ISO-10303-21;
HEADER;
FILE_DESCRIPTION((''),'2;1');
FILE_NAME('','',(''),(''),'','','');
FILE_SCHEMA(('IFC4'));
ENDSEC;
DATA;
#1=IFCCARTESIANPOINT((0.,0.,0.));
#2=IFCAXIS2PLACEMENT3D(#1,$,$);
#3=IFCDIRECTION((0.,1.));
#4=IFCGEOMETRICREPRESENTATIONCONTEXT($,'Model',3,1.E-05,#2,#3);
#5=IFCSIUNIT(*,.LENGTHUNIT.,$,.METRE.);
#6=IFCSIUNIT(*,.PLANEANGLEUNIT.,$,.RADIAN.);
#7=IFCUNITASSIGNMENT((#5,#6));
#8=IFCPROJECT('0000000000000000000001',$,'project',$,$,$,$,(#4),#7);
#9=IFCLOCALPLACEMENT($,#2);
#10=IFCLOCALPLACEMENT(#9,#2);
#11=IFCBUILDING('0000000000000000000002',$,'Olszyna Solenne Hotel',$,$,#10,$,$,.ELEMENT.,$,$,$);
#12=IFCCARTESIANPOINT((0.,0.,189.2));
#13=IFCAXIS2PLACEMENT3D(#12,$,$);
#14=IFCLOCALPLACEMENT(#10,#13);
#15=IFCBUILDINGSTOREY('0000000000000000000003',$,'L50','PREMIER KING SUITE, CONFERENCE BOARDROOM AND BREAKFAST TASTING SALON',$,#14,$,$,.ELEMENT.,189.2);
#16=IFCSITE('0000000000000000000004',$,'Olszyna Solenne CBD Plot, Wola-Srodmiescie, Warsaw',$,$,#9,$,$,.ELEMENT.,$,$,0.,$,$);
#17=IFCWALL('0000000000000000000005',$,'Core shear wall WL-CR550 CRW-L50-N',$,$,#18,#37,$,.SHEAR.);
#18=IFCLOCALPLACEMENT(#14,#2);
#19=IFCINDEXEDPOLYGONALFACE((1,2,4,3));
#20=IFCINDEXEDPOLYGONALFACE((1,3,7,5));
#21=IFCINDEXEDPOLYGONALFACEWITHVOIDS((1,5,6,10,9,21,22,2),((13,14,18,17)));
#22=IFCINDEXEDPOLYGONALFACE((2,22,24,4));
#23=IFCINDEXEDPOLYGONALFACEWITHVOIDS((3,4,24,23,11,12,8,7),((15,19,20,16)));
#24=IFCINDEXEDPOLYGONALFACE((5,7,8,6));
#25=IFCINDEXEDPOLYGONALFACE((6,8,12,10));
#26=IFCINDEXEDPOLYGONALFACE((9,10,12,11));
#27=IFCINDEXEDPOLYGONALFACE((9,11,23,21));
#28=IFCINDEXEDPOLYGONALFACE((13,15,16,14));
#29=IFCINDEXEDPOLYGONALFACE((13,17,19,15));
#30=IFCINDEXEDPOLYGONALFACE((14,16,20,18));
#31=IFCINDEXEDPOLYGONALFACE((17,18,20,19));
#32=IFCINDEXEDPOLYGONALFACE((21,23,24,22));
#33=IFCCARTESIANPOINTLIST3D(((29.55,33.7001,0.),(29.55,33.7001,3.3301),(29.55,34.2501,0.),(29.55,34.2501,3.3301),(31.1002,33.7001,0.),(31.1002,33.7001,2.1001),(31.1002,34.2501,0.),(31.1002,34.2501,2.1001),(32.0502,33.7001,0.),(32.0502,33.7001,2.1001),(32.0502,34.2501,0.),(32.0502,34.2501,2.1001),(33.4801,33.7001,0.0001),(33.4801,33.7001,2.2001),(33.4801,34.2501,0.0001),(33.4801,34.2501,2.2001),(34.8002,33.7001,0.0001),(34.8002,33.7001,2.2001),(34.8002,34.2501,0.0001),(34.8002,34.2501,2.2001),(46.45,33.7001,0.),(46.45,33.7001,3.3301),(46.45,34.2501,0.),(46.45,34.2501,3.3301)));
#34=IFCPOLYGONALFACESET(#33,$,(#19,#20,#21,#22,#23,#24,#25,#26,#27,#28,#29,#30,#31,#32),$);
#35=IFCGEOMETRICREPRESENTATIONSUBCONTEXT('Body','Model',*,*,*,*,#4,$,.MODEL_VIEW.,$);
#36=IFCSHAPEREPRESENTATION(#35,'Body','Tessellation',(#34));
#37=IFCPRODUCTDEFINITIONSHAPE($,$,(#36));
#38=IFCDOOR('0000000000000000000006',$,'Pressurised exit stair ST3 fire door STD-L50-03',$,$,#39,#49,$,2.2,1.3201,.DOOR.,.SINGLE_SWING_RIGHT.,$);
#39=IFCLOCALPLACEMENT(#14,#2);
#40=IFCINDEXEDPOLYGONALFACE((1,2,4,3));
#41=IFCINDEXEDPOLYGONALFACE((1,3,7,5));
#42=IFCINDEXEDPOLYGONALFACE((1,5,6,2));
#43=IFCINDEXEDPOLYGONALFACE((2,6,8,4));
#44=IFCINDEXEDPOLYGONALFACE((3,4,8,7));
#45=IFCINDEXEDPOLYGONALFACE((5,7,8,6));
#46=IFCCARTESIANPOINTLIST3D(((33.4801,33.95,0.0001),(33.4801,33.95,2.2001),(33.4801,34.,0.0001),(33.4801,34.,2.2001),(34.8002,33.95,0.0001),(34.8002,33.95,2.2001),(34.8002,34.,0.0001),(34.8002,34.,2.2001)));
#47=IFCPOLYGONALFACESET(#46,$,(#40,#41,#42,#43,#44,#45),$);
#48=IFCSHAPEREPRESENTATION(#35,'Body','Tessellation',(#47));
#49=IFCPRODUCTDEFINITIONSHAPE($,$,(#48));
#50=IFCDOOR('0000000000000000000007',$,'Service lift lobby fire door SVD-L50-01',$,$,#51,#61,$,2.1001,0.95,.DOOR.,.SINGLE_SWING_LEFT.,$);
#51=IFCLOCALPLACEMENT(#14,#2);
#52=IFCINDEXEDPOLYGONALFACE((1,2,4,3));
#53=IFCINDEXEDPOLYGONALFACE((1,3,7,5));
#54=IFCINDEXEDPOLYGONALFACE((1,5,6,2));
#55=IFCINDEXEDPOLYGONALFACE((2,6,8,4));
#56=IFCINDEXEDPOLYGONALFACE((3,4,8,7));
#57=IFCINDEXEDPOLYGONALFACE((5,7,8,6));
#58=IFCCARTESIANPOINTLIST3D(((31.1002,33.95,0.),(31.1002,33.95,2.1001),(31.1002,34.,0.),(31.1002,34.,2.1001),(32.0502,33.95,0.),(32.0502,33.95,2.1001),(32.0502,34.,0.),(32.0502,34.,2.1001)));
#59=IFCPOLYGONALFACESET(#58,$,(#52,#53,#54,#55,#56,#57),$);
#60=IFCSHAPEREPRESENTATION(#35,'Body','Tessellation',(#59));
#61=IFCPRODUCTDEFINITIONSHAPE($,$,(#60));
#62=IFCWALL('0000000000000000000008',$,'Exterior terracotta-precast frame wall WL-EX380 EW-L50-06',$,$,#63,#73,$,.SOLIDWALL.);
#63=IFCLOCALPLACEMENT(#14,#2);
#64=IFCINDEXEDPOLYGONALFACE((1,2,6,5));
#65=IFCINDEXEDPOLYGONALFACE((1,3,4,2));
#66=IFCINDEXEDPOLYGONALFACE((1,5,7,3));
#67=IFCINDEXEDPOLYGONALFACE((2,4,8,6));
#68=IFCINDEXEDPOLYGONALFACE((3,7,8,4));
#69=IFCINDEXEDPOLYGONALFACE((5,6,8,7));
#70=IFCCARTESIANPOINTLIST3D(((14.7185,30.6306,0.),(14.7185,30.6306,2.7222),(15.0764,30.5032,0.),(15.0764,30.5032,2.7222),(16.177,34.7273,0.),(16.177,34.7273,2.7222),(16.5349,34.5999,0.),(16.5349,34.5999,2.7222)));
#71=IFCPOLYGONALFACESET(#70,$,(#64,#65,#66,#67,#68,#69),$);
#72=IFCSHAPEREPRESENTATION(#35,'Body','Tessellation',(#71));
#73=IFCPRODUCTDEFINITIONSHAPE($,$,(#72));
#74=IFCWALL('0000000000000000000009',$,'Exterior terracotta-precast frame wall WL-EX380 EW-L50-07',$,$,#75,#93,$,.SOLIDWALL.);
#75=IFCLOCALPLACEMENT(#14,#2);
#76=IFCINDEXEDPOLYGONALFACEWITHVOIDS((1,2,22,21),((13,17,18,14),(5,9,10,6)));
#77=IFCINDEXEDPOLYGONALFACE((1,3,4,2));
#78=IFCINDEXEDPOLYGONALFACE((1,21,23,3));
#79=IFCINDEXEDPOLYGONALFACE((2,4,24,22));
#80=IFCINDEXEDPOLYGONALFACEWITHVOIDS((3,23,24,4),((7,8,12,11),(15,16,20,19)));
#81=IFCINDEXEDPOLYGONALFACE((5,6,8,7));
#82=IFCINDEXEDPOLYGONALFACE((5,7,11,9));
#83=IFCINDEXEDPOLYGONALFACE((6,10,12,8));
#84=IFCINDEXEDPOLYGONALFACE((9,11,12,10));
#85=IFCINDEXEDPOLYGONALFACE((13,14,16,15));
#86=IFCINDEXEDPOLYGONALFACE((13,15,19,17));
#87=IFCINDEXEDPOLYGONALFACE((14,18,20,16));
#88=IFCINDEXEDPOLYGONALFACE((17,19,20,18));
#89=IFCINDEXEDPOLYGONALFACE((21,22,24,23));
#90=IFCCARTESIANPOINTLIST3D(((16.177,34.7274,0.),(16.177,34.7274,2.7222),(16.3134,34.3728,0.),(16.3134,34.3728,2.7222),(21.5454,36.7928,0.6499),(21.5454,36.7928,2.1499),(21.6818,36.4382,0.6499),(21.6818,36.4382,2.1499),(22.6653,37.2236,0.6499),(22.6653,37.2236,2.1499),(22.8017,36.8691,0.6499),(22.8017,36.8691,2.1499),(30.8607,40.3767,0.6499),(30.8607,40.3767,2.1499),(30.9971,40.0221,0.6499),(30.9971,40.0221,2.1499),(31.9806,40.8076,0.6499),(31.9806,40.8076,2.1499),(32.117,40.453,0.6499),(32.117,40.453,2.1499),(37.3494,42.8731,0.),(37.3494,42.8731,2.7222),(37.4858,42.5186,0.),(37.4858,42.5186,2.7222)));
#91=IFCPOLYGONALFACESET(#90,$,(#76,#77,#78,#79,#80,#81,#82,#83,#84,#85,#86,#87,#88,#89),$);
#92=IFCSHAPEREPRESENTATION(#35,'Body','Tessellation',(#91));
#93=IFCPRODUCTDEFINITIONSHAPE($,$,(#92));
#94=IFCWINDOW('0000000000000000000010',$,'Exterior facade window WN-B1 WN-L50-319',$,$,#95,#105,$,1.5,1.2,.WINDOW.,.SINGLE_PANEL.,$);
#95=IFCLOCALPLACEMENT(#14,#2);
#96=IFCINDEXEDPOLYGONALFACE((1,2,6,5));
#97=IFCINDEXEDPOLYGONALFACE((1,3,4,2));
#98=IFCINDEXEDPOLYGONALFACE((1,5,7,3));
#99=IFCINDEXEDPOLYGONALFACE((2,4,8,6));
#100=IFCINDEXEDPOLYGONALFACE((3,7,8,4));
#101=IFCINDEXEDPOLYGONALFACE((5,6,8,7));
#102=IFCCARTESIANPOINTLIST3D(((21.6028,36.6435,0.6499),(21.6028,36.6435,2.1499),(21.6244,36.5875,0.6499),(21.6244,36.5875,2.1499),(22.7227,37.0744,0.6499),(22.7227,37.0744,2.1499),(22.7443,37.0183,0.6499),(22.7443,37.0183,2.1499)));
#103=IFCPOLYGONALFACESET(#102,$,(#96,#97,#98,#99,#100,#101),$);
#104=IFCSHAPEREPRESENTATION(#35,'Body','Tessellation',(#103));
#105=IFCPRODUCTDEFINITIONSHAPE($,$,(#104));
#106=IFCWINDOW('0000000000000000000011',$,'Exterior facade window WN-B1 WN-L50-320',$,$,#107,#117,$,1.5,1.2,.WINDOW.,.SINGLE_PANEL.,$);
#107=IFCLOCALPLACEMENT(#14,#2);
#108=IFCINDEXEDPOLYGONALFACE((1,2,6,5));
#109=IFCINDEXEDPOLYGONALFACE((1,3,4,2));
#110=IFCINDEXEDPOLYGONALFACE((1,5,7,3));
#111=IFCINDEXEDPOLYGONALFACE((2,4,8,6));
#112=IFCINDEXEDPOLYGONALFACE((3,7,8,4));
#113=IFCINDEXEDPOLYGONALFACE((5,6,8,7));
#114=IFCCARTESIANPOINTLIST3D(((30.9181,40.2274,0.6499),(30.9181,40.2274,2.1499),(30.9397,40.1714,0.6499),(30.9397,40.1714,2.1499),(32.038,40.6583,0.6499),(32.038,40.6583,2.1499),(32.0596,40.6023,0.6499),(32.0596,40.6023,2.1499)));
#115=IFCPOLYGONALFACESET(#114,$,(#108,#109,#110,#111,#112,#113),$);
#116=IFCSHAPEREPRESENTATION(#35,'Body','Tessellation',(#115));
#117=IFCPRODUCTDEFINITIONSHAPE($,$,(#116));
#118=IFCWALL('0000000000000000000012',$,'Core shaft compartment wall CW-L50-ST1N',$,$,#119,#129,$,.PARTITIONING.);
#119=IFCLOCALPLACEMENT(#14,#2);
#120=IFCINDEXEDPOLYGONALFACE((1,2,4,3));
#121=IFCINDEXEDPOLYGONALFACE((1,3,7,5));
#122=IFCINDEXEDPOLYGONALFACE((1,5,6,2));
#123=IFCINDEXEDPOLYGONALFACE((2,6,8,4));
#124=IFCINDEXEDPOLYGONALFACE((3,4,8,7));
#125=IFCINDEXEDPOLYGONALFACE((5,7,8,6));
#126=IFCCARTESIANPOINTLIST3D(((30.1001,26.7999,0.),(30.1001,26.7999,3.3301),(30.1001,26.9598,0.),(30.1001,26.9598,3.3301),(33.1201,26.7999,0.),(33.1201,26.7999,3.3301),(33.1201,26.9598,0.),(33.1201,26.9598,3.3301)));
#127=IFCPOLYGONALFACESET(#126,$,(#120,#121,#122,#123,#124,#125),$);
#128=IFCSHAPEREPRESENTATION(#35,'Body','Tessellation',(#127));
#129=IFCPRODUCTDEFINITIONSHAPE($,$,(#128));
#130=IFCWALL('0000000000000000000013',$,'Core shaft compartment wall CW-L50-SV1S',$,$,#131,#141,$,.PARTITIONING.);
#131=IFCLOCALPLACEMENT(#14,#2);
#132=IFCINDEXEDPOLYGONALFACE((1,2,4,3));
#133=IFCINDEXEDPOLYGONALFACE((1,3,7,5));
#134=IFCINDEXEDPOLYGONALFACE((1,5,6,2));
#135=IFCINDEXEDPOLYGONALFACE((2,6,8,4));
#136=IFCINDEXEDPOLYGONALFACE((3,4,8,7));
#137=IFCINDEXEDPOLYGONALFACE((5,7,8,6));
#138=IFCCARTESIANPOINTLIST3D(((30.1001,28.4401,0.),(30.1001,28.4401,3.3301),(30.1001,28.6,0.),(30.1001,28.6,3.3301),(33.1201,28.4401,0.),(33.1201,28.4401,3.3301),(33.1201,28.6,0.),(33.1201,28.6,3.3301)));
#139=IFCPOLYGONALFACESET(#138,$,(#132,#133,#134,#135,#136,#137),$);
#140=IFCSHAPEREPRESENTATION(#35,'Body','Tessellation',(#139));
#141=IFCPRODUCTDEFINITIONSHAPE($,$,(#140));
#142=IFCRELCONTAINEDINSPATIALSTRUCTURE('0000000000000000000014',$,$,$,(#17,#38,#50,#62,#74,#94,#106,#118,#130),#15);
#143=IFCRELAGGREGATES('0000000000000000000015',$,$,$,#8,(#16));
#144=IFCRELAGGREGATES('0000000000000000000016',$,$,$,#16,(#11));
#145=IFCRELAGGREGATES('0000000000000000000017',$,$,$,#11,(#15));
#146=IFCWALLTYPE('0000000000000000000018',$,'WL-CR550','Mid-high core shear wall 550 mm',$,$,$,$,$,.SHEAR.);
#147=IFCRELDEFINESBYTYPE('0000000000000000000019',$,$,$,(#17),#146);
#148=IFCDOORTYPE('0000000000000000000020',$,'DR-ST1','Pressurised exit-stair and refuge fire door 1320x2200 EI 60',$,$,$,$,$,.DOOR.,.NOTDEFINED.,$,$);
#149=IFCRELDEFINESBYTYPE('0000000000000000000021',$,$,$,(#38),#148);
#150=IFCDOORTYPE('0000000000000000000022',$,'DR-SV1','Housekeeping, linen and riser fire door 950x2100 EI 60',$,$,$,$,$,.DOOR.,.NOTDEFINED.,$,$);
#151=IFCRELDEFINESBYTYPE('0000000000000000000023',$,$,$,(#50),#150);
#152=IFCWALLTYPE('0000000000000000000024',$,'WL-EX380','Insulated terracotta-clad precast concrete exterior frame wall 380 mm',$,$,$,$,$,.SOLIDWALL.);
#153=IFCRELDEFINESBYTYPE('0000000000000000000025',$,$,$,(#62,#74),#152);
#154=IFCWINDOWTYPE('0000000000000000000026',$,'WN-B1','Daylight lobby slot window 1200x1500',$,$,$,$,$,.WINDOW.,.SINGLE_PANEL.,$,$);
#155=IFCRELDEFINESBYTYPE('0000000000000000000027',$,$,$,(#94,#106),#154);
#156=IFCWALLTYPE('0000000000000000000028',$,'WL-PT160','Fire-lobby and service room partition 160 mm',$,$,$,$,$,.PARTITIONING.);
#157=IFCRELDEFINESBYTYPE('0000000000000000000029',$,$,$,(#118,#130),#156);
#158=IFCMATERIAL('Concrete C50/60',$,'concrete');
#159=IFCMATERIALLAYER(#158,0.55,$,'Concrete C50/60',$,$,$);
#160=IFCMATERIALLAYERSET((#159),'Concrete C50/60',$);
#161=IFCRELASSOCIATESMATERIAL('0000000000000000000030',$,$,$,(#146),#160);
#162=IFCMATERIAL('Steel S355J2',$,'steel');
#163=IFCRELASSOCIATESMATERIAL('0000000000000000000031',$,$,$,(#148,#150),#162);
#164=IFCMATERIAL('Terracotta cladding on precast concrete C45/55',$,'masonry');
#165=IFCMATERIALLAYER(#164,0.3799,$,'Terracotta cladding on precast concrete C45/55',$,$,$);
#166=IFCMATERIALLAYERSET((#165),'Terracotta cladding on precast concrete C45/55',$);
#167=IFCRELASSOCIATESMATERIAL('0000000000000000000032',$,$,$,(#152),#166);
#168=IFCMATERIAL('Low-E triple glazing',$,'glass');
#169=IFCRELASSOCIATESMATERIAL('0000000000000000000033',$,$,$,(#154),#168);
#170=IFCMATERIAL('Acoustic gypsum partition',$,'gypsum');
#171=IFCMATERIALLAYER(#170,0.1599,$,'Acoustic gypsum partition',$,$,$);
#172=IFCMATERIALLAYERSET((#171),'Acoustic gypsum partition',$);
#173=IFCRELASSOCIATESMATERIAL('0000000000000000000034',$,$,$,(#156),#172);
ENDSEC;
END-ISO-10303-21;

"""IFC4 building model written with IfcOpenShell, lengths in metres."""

from ifc_helpers import new_model, si_unit, direction, frame, frame_2d, origin, place, context, subcontext, project, spatial, rectangle, extrude, source, transform, mapped, material, layer, layer_set, type_object, type_shapes, element, fill, save


model = new_model("IFC4")

# Units and contexts
model_context = context("Model", 3, precision=1e-05, world=origin(), true_north=direction((0.0, 1.0)))
body_context = subcontext(model_context, "Body", "Model", "MODEL_VIEW")
ifc_project = project(units=[si_unit("LENGTHUNIT", "METRE"), si_unit("PLANEANGLEUNIT", "RADIAN")], contexts=[model_context])

# Site, building, storey
site_placement = place(None, origin())
site = spatial("IfcSite", under=ifc_project, at=site_placement, Name="Olszyna Solenne CBD Plot, Wola-Srodmiescie, Warsaw", CompositionType="ELEMENT", RefElevation=0.0)
building_placement = place(site_placement, origin())
building = spatial("IfcBuilding", under=site, at=building_placement, Name="Olszyna Solenne Hotel", CompositionType="ELEMENT")
storey_placement = place(building_placement, frame((0.0, 0.0, 189.2)))
storey = spatial("IfcBuildingStorey", under=building, at=storey_placement, Name="L50", Description="PREMIER KING SUITE, CONFERENCE BOARDROOM AND BREAKFAST TASTING SALON", CompositionType="ELEMENT", Elevation=189.2)

# Shared definitions
ifc_material_1 = material(Name="Steel S355J2", Category="steel")

# Wall, openings, doors
ifc_material_2 = material(Name="Concrete C50/60", Category="concrete")
ifc_layer_1 = layer(ifc_material_2, 0.55, Name="Concrete C50/60")
ifc_layer_set_1 = layer_set([ifc_layer_1], Name="Concrete C50/60")
wall_type_1 = type_object("IfcWallType", Name="WL-CR550", Description="Mid-high core shear wall 550 mm", PredefinedType="SHEAR", material=ifc_layer_set_1)
wall_1_placement = place(storey_placement, frame((29.55, 33.9751, 0.0), z_axis=(0.0, 0.0, 1.0), x_axis=(1.0, 0.0, 0.0)))
wall_1 = element("IfcWall", 1, at=wall_1_placement, inside=storey, type_object=wall_type_1, Name="Core shear wall WL-CR550 CRW-L50-N", PredefinedType="SHEAR", context=body_context, shape_type="SweptSolid", body=[
    extrude(rectangle(XDim=16.8999, YDim=0.55, at=frame_2d((8.45, 0.0))), origin(), (0.0, 0.0, 1.0), 3.3301),
])
opening_1_placement = place(wall_1_placement, frame((1.55, 0.0, 0.0)))
opening_1 = element("IfcOpeningElement", 2, at=opening_1_placement, cuts=wall_1, PredefinedType="OPENING", context=body_context, shape_type="SweptSolid", body=[
    extrude(rectangle(XDim=0.95, YDim=2.1001, at=frame_2d((0.4751, 1.05))), frame((0.0, 0.2852, 0.0), z_axis=(0.0, -1.0, 0.0), x_axis=(1.0, 0.0, 0.0)), (0.0, 0.0, 1.0), 0.5701),
])
opening_2_placement = place(wall_1_placement, frame((3.9299, 0.0, 0.0)))
opening_2 = element("IfcOpeningElement", 3, at=opening_2_placement, cuts=wall_1, PredefinedType="OPENING", context=body_context, shape_type="SweptSolid", body=[
    extrude(rectangle(XDim=1.3201, YDim=2.2, at=frame_2d((0.6602, 1.1001))), frame((0.0, 0.2852, 0.0), z_axis=(0.0, -1.0, 0.0), x_axis=(1.0, 0.0, 0.0)), (0.0, 0.0, 1.0), 0.5701),
])
door_type_1 = type_object("IfcDoorType", Name="DR-ST1", Description="Pressurised exit-stair and refuge fire door 1320x2200 EI 60", OperationType="NOTDEFINED", PredefinedType="DOOR", material=ifc_material_1)
shared_shape_1 = source(origin(), body_context, "Body", "SweptSolid", [
    extrude(rectangle(XDim=1.3201, YDim=2.2, at=frame_2d((0.6602, 1.1001))), frame((0.0, 0.0249, 0.0), z_axis=(0.0, -1.0, 0.0), x_axis=(1.0, 0.0, 0.0)), (0.0, 0.0, 1.0), 0.05),
])
type_shapes(door_type_1, [shared_shape_1])
door_1_placement = place(opening_2_placement, origin())
door_1 = element("IfcDoor", 4, at=door_1_placement, inside=storey, type_object=door_type_1, Name="Pressurised exit stair ST3 fire door STD-L50-03", OperationType="SINGLE_SWING_RIGHT", OverallHeight=2.2, OverallWidth=1.3201, PredefinedType="DOOR", context=body_context, shape_type="MappedRepresentation", body=[
    mapped(shared_shape_1, transform((0.0, 0.0, 0.0), x_axis=(1.0, 0.0, 0.0), y_axis=(0.0, 1.0, 0.0), z_axis=(0.0, 0.0, 1.0), scale=1.0)),
])
fill(opening_2, door_1)
door_type_2 = type_object("IfcDoorType", Name="DR-SV1", Description="Housekeeping, linen and riser fire door 950x2100 EI 60", OperationType="NOTDEFINED", PredefinedType="DOOR", material=ifc_material_1)
shared_shape_2 = source(origin(), body_context, "Body", "SweptSolid", [
    extrude(rectangle(XDim=0.95, YDim=2.1001, at=frame_2d((0.4751, 1.05))), frame((0.0, 0.0249, 0.0), z_axis=(0.0, -1.0, 0.0), x_axis=(1.0, 0.0, 0.0)), (0.0, 0.0, 1.0), 0.05),
])
type_shapes(door_type_2, [shared_shape_2])
door_2_placement = place(opening_1_placement, origin())
door_2 = element("IfcDoor", 5, at=door_2_placement, inside=storey, type_object=door_type_2, Name="Service lift lobby fire door SVD-L50-01", OperationType="SINGLE_SWING_LEFT", OverallHeight=2.1001, OverallWidth=0.95, PredefinedType="DOOR", context=body_context, shape_type="MappedRepresentation", body=[
    mapped(shared_shape_2, transform((0.0, 0.0, 0.0), x_axis=(1.0, 0.0, 0.0), y_axis=(0.0, 1.0, 0.0), z_axis=(0.0, 0.0, 1.0), scale=1.0)),
])
fill(opening_1, door_2)

# Wall
ifc_material_3 = material(Name="Terracotta cladding on precast concrete C45/55", Category="masonry")
ifc_layer_2 = layer(ifc_material_3, 0.3799, Name="Terracotta cladding on precast concrete C45/55")
ifc_layer_set_2 = layer_set([ifc_layer_2], Name="Terracotta cladding on precast concrete C45/55")
wall_type_2 = type_object("IfcWallType", Name="WL-EX380", Description="Insulated terracotta-clad precast concrete exterior frame wall 380 mm", PredefinedType="SOLIDWALL", material=ifc_layer_set_2)
wall_2_placement = place(storey_placement, frame((14.8975, 30.5669, 0.0), z_axis=(0.0, 0.0, 1.0), x_axis=(0.335397, 0.942077, 0.0)))
element("IfcWall", 6, at=wall_2_placement, inside=storey, type_object=wall_type_2, Name="Exterior terracotta-precast frame wall WL-EX380 EW-L50-06", PredefinedType="SOLIDWALL", context=body_context, shape_type="SweptSolid", body=[
    extrude(rectangle(XDim=4.3486, YDim=0.3799, at=frame_2d((2.1743, 0.0))), origin(), (0.0, 0.0, 1.0), 2.7222),
])

# Wall, openings, windows
wall_3_placement = place(storey_placement, frame((16.2451, 34.55, 0.0), z_axis=(0.0, 0.0, 1.0), x_axis=(0.933308, 0.359076, 0.0)))
wall_3 = element("IfcWall", 7, at=wall_3_placement, inside=storey, type_object=wall_type_2, Name="Exterior terracotta-precast frame wall WL-EX380 EW-L50-07", PredefinedType="SOLIDWALL", context=body_context, shape_type="SweptSolid", body=[
    extrude(rectangle(XDim=22.6853, YDim=0.3799, at=frame_2d((11.3428, 0.0))), origin(), (0.0, 0.0, 1.0), 2.7222),
])
opening_3_placement = place(wall_3_placement, frame((5.752, 0.0, 0.6499)))
opening_3 = element("IfcOpeningElement", 8, at=opening_3_placement, cuts=wall_3, PredefinedType="OPENING", context=body_context, shape_type="SweptSolid", body=[
    extrude(rectangle(XDim=1.2, YDim=1.5, at=frame_2d((0.6001, 0.75))), frame((0.0, 0.2, 0.0), z_axis=(0.0, -1.0, 0.0), x_axis=(1.0, 0.0, 0.0)), (0.0, 0.0, 1.0), 0.3999),
])
opening_4_placement = place(wall_3_placement, frame((15.7329, 0.0, 0.6499)))
opening_4 = element("IfcOpeningElement", 9, at=opening_4_placement, cuts=wall_3, PredefinedType="OPENING", context=body_context, shape_type="SweptSolid", body=[
    extrude(rectangle(XDim=1.2, YDim=1.5, at=frame_2d((0.6001, 0.75))), frame((0.0, 0.2, 0.0), z_axis=(0.0, -1.0, 0.0), x_axis=(1.0, 0.0, 0.0)), (0.0, 0.0, 1.0), 0.3999),
])
ifc_material_4 = material(Name="Low-E triple glazing", Category="glass")
window_type = type_object("IfcWindowType", Name="WN-B1", Description="Daylight lobby slot window 1200x1500", PartitioningType="SINGLE_PANEL", PredefinedType="WINDOW", material=ifc_material_4)
shared_shape_3 = source(origin(), body_context, "Body", "SweptSolid", [
    extrude(rectangle(XDim=1.2, YDim=1.5, at=frame_2d((0.6001, 0.75))), frame((0.0, 0.03, 0.0), z_axis=(0.0, -1.0, 0.0), x_axis=(1.0, 0.0, 0.0)), (0.0, 0.0, 1.0), 0.0601),
])
type_shapes(window_type, [shared_shape_3])
window_1_placement = place(opening_3_placement, origin())
window_1 = element("IfcWindow", 10, at=window_1_placement, inside=storey, type_object=window_type, Name="Exterior facade window WN-B1 WN-L50-319", OverallHeight=1.5, OverallWidth=1.2, PartitioningType="SINGLE_PANEL", PredefinedType="WINDOW", context=body_context, shape_type="MappedRepresentation", body=[
    mapped(shared_shape_3, transform((0.0, 0.0, 0.0), x_axis=(1.0, 0.0, 0.0), y_axis=(0.0, 1.0, 0.0), z_axis=(0.0, 0.0, 1.0), scale=1.0)),
])
fill(opening_3, window_1)
window_2_placement = place(opening_4_placement, origin())
window_2 = element("IfcWindow", 11, at=window_2_placement, inside=storey, type_object=window_type, Name="Exterior facade window WN-B1 WN-L50-320", OverallHeight=1.5, OverallWidth=1.2, PartitioningType="SINGLE_PANEL", PredefinedType="WINDOW", context=body_context, shape_type="MappedRepresentation", body=[
    mapped(shared_shape_3, transform((0.0, 0.0, 0.0), x_axis=(1.0, 0.0, 0.0), y_axis=(0.0, 1.0, 0.0), z_axis=(0.0, 0.0, 1.0), scale=1.0)),
])
fill(opening_4, window_2)

# Walls
ifc_material_5 = material(Name="Acoustic gypsum partition", Category="gypsum")
ifc_layer_3 = layer(ifc_material_5, 0.1599, Name="Acoustic gypsum partition")
ifc_layer_set_3 = layer_set([ifc_layer_3], Name="Acoustic gypsum partition")
wall_type_3 = type_object("IfcWallType", Name="WL-PT160", Description="Fire-lobby and service room partition 160 mm", PredefinedType="PARTITIONING", material=ifc_layer_set_3)
for number, where, z_axis, x_axis, name in (
    (12, (30.1001, 26.8799, 0.0), (0.0, 0.0, 1.0), (1.0, 0.0, 0.0), "Core shaft compartment wall CW-L50-ST1N"),
    (13, (30.1001, 28.52, 0.0), (0.0, 0.0, 1.0), (1.0, 0.0, 0.0), "Core shaft compartment wall CW-L50-SV1S"),
):
    element("IfcWall", number, at=place(storey_placement, frame(where, z_axis=z_axis, x_axis=x_axis)), inside=storey, type_object=wall_type_3, Name=name, PredefinedType="PARTITIONING", context=body_context, shape_type="SweptSolid", body=[
        extrude(rectangle(XDim=3.02, YDim=0.1599, at=frame_2d((1.51, 0.0))), origin(), (0.0, 0.0, 1.0), 3.3301),
    ])

save(model, "model.ifc")
